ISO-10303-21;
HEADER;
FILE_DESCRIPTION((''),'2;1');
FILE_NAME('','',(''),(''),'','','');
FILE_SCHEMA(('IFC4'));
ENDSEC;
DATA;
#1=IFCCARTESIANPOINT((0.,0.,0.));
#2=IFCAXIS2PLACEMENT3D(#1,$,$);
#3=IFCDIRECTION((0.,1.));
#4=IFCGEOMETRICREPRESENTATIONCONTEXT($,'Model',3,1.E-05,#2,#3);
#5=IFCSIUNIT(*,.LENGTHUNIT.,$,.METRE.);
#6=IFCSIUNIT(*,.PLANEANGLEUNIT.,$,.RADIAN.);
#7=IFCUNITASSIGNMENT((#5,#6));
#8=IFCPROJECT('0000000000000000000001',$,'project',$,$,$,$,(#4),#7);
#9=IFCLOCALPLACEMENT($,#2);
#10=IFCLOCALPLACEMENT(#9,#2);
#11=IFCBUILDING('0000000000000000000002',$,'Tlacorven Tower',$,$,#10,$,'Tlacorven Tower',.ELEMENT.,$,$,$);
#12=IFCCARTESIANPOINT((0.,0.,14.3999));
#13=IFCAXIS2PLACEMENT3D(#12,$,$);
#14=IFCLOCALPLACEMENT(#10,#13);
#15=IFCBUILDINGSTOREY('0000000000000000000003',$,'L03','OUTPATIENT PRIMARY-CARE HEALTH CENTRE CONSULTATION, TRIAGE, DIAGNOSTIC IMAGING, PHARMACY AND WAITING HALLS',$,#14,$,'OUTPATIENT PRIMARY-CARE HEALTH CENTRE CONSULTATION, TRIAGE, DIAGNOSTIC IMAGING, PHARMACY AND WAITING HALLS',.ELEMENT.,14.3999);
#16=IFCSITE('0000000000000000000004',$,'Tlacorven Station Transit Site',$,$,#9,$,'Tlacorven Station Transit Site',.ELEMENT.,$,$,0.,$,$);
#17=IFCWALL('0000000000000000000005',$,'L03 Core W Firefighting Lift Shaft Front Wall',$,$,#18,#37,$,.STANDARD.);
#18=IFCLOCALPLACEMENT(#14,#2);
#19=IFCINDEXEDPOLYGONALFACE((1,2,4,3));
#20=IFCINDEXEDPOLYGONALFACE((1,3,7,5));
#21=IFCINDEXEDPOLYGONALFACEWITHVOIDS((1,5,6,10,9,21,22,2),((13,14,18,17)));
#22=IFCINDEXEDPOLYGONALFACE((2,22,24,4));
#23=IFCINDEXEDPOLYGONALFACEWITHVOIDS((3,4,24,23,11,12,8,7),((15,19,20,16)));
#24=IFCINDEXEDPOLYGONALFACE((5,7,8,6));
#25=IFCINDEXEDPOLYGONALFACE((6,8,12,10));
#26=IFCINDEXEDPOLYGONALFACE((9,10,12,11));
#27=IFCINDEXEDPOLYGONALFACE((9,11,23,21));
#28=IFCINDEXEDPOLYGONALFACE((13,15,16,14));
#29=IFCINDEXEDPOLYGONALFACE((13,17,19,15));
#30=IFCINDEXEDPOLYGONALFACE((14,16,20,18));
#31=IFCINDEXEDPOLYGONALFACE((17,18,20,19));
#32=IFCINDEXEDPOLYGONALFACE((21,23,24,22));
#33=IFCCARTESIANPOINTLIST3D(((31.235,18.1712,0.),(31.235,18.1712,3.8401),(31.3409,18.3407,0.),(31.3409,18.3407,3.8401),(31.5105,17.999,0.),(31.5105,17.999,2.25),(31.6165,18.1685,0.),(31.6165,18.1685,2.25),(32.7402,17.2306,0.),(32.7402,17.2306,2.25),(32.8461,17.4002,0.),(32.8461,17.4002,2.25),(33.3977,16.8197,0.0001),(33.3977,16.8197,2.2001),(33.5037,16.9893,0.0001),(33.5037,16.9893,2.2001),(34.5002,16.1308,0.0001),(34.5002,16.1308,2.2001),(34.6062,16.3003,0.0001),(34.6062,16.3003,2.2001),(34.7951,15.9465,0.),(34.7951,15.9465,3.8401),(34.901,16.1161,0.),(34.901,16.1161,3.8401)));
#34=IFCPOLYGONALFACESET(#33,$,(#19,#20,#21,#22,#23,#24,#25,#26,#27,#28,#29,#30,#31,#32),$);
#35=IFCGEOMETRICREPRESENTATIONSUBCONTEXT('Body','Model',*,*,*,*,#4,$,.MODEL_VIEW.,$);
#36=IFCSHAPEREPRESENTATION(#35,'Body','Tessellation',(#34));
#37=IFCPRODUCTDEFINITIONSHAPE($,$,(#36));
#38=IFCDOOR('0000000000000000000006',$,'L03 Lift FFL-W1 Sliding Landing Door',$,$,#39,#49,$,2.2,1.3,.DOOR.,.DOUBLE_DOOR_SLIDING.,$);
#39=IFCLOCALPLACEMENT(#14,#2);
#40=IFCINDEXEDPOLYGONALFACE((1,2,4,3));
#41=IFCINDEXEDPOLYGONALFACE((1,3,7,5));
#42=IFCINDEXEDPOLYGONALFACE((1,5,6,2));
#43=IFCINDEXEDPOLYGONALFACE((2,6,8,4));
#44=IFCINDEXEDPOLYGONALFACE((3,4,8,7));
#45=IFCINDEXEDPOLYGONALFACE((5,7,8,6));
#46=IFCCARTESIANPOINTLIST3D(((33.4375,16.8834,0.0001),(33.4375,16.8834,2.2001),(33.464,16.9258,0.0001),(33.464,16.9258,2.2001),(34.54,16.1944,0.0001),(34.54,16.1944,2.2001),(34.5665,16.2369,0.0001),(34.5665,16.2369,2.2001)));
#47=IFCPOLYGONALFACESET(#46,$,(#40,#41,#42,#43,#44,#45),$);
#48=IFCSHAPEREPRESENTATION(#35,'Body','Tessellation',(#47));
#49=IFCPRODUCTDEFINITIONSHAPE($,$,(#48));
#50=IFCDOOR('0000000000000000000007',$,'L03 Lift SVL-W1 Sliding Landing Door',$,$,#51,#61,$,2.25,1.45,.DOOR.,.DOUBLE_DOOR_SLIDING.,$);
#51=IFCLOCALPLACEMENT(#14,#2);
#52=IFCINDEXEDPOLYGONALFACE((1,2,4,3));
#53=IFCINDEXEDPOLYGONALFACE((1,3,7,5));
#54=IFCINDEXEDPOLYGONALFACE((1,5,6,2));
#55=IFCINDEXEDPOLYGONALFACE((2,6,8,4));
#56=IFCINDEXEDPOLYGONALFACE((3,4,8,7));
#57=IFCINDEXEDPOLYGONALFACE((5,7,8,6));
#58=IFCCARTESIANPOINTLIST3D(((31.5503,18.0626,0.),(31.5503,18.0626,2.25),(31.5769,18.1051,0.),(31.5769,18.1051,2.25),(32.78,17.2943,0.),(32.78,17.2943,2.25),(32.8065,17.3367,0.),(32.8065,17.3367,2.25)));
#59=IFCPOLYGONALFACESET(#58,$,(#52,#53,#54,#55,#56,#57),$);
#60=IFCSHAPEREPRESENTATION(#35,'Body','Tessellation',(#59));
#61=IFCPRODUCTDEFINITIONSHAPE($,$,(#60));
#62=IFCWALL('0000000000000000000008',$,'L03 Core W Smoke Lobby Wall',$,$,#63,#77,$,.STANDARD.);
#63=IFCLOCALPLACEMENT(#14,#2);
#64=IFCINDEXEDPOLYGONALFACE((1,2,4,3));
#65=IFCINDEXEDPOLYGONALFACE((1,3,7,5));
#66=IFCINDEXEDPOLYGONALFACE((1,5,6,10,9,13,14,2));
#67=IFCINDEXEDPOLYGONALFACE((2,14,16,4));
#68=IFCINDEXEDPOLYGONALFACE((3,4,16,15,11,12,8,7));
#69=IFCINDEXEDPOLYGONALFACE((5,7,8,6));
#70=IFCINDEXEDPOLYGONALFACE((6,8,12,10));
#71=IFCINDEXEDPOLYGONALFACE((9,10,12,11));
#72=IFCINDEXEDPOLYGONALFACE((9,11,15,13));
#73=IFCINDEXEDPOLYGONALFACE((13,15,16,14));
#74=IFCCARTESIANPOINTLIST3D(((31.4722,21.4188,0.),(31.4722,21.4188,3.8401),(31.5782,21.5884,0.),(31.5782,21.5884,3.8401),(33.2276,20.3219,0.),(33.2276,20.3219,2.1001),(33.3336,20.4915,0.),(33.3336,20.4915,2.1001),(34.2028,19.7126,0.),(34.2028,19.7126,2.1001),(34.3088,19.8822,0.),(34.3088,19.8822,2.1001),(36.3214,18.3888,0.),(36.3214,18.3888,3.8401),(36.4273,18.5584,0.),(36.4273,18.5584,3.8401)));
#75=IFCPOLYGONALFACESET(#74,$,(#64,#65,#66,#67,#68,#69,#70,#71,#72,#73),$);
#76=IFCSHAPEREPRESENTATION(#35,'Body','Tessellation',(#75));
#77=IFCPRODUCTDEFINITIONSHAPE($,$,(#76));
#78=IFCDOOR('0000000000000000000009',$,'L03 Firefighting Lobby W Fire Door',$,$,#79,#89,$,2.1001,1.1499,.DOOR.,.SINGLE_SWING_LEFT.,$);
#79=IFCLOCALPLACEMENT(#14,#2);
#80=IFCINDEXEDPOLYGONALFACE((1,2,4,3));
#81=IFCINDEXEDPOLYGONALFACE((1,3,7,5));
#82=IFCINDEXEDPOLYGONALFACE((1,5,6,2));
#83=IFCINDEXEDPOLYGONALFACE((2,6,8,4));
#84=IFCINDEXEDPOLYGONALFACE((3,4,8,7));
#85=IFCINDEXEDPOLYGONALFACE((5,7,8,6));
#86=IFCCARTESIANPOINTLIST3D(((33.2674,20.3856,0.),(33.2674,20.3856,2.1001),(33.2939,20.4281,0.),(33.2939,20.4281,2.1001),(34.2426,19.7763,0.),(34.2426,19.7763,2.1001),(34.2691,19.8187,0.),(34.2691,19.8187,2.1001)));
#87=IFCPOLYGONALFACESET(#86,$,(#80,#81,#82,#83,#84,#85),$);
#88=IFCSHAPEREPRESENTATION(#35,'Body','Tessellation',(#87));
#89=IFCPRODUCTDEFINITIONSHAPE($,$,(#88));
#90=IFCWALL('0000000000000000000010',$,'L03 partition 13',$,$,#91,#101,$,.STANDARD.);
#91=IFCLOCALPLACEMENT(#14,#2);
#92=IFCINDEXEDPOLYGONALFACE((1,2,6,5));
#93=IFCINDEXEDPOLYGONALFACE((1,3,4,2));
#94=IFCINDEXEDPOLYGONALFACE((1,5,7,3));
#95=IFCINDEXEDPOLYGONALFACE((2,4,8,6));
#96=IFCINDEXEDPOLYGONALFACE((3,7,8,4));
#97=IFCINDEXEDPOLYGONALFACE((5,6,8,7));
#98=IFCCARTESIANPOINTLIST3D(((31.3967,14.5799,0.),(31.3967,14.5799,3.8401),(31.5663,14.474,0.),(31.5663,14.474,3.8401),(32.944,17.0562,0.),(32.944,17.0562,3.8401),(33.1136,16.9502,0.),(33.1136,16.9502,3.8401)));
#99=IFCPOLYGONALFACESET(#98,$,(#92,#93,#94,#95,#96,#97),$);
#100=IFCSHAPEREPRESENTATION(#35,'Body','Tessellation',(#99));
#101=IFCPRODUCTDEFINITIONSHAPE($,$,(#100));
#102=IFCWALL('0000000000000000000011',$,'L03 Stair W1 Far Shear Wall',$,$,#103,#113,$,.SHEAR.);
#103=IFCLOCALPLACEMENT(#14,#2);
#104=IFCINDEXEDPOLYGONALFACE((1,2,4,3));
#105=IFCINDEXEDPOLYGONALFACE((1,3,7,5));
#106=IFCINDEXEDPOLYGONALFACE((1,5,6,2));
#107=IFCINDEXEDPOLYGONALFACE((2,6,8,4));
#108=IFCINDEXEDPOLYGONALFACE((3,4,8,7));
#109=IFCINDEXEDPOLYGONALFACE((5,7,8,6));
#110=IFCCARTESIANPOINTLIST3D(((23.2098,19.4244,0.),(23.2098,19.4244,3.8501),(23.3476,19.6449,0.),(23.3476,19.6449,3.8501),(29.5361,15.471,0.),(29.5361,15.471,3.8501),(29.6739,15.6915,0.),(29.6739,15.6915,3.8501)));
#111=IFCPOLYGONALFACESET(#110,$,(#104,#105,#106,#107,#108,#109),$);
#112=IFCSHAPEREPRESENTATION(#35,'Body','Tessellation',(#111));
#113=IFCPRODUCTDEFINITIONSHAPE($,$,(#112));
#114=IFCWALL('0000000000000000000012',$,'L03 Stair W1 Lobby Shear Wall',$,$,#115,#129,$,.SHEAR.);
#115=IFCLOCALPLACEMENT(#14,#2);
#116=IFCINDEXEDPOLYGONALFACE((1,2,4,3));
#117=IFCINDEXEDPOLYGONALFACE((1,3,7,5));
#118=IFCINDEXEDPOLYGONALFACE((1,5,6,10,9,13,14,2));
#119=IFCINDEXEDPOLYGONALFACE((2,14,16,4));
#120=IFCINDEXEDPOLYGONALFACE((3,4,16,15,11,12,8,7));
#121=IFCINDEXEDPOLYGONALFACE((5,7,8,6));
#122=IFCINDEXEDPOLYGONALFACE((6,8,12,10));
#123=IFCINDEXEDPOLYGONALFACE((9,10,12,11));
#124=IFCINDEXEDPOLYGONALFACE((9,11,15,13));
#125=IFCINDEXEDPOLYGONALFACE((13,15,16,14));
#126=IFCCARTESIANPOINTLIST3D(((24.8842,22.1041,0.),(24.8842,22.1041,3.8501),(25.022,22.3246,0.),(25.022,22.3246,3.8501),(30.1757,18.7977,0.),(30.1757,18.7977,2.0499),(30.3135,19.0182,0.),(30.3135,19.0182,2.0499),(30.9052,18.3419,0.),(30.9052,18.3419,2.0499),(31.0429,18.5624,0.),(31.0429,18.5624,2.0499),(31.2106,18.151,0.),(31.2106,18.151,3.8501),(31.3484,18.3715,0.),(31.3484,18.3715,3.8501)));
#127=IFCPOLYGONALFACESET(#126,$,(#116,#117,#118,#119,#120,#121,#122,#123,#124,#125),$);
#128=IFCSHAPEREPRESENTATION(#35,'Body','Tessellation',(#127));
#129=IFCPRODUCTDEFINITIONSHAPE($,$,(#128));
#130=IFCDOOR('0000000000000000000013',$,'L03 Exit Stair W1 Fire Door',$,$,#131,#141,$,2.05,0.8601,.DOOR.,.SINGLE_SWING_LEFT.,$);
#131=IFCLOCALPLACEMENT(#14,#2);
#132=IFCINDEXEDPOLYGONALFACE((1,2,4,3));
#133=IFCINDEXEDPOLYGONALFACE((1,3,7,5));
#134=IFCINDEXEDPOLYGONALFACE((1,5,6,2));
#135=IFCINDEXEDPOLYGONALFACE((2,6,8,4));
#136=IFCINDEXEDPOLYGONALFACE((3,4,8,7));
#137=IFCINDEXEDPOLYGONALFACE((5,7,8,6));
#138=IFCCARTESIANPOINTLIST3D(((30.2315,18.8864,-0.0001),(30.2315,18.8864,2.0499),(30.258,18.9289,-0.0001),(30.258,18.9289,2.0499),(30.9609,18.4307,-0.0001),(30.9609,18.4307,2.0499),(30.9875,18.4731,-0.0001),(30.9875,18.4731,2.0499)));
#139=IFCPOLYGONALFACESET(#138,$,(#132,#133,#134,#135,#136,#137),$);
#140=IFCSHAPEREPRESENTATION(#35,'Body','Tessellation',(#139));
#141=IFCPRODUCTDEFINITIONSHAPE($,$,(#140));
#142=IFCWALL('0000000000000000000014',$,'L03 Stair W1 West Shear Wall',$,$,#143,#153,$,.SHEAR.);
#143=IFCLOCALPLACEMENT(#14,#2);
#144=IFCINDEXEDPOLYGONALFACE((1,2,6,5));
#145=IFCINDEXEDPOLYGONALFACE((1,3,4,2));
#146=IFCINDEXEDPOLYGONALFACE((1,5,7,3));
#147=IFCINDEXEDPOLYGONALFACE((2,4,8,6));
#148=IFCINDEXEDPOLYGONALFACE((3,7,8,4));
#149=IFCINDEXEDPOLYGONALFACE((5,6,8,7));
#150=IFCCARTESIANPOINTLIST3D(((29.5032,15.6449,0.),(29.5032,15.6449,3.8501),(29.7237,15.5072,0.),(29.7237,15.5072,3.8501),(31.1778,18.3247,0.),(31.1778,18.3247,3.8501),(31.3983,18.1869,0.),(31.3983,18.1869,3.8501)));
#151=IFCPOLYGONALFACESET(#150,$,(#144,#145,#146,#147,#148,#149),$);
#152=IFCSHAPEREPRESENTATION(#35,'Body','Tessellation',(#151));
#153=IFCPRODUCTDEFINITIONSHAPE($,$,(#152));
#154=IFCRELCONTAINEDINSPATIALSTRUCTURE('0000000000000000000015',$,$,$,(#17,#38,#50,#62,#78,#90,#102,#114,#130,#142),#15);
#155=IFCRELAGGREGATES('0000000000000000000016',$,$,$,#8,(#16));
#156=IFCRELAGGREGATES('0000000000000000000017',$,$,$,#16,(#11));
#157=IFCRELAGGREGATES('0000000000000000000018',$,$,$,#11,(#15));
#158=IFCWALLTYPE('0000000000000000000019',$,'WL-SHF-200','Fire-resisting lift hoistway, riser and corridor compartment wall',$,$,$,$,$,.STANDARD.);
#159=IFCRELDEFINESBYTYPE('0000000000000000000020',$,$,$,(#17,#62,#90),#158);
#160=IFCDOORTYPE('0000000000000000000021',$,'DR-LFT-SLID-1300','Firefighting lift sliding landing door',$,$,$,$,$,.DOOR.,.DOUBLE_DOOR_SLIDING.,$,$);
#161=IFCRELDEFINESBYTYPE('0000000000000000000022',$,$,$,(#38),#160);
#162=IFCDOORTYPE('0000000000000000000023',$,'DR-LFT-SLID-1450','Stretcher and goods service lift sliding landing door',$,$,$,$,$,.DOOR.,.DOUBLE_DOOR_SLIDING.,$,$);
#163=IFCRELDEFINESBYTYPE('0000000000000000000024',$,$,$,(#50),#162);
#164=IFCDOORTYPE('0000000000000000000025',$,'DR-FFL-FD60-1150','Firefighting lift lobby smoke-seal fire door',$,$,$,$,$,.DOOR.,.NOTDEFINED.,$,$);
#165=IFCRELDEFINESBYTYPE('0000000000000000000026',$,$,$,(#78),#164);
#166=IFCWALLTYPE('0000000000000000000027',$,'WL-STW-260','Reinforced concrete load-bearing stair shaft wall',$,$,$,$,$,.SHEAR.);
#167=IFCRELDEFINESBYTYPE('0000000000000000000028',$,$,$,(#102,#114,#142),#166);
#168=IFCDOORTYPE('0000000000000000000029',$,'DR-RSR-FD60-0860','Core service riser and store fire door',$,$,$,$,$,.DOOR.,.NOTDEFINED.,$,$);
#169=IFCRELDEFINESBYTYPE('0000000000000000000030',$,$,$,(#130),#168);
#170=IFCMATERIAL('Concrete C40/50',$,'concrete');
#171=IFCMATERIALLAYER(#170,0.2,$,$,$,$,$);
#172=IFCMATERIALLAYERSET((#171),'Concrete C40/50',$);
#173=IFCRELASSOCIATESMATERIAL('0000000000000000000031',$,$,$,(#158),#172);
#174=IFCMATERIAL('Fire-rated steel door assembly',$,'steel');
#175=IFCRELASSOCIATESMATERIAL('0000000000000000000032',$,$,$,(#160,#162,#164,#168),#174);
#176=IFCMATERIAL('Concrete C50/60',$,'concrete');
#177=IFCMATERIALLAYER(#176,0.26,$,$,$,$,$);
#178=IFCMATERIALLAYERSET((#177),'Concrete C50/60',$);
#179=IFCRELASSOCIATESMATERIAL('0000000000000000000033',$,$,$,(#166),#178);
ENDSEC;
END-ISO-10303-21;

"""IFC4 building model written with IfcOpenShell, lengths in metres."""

from ifc_helpers import new_model, si_unit, direction, frame, frame_2d, origin, place, context, subcontext, project, spatial, rectangle, extrude, source, transform, mapped, material, layer, layer_set, type_object, element, fill, save


model = new_model("IFC4")

# Units and contexts
model_context = context("Model", 3, precision=1e-05, world=origin(), true_north=direction((0.0, 1.0)))
body_context = subcontext(model_context, "Body", "Model", "MODEL_VIEW")
ifc_project = project(units=[si_unit("LENGTHUNIT", "METRE"), si_unit("PLANEANGLEUNIT", "RADIAN")], contexts=[model_context])

# Site, building, storey
site_placement = place(None, origin())
site = spatial("IfcSite", under=ifc_project, at=site_placement, Name="Tlacorven Station Transit Site", LongName="Tlacorven Station Transit Site", CompositionType="ELEMENT", RefElevation=0.0)
building_placement = place(site_placement, origin())
building = spatial("IfcBuilding", under=site, at=building_placement, Name="Tlacorven Tower", LongName="Tlacorven Tower", CompositionType="ELEMENT")
storey_placement = place(building_placement, frame((0.0, 0.0, 14.3999)))
storey = spatial("IfcBuildingStorey", under=building, at=storey_placement, Name="L03", Description="OUTPATIENT PRIMARY-CARE HEALTH CENTRE CONSULTATION, TRIAGE, DIAGNOSTIC IMAGING, PHARMACY AND WAITING HALLS", LongName="OUTPATIENT PRIMARY-CARE HEALTH CENTRE CONSULTATION, TRIAGE, DIAGNOSTIC IMAGING, PHARMACY AND WAITING HALLS", CompositionType="ELEMENT", Elevation=14.3999)

# Wall, openings, doors
ifc_material_1 = material(Name="Concrete C40/50", Category="concrete")
ifc_layer_1 = layer(ifc_material_1, 0.2)
ifc_layer_set_1 = layer_set([ifc_layer_1], Name="Concrete C40/50")
wall_type_1 = type_object("IfcWallType", Name="WL-SHF-200", Description="Fire-resisting lift hoistway, riser and corridor compartment wall", PredefinedType="STANDARD", material=ifc_layer_set_1)
wall_1_placement = place(storey_placement, frame((34.8481, 16.0312, 0.0), z_axis=(0.0, 0.0, 1.0), x_axis=(-0.848044, 0.529926, 0.0)))
wall_1 = element("IfcWall", 1, at=wall_1_placement, inside=storey, type_object=wall_type_1, Name="L03 Core W Firefighting Lift Shaft Front Wall", PredefinedType="STANDARD", context=body_context, shape_type="SweptSolid", body=[
    extrude(rectangle(XDim=4.198, YDim=0.2, at=frame_2d((2.0991, 0.0))), origin(), (0.0, 0.0, 1.0), 3.8401),
])
opening_1_placement = place(wall_1_placement, frame((0.3479, 0.0, 0.0)))
opening_1 = element("IfcOpeningElement", 2, at=opening_1_placement, cuts=wall_1, PredefinedType="OPENING", context=body_context, shape_type="SweptSolid", body=[
    extrude(rectangle(XDim=1.3, YDim=2.2, at=frame_2d((0.6499, 1.1001))), frame((0.0, 0.1099, 0.0), z_axis=(0.0, -1.0, 0.0), x_axis=(1.0, 0.0, 0.0)), (0.0, 0.0, 1.0), 0.22),
])
opening_2_placement = place(wall_1_placement, frame((2.4231, 0.0, 0.0)))
opening_2 = element("IfcOpeningElement", 3, at=opening_2_placement, cuts=wall_1, PredefinedType="OPENING", context=body_context, shape_type="SweptSolid", body=[
    extrude(rectangle(XDim=1.45, YDim=2.25, at=frame_2d((0.7251, 1.125))), frame((0.0, 0.1099, 0.0), z_axis=(0.0, -1.0, 0.0), x_axis=(1.0, 0.0, 0.0)), (0.0, 0.0, 1.0), 0.22),
])
ifc_material_2 = material(Name="Fire-rated steel door assembly", Category="steel")
door_type_1 = type_object("IfcDoorType", Name="DR-LFT-SLID-1300", Description="Firefighting lift sliding landing door", OperationType="DOUBLE_DOOR_SLIDING", PredefinedType="DOOR", material=ifc_material_2)
shared_shape_1 = source(origin(), body_context, "Body", "SweptSolid", [
    extrude(rectangle(XDim=1.3, YDim=2.2, at=frame_2d((0.6499, 1.1001))), frame((0.0, 0.0249, 0.0), z_axis=(0.0, -1.0, 0.0), x_axis=(1.0, 0.0, 0.0)), (0.0, 0.0, 1.0), 0.05),
])
door_1_placement = place(opening_1_placement, origin())
door_1 = element("IfcDoor", 4, at=door_1_placement, inside=storey, type_object=door_type_1, Name="L03 Lift FFL-W1 Sliding Landing Door", OperationType="DOUBLE_DOOR_SLIDING", OverallHeight=2.2, OverallWidth=1.3, PredefinedType="DOOR", context=body_context, shape_type="MappedRepresentation", body=[
    mapped(shared_shape_1, transform((0.0, 0.0, 0.0), scale=1.0)),
])
fill(opening_1, door_1)
door_type_2 = type_object("IfcDoorType", Name="DR-LFT-SLID-1450", Description="Stretcher and goods service lift sliding landing door", OperationType="DOUBLE_DOOR_SLIDING", PredefinedType="DOOR", material=ifc_material_2)
shared_shape_2 = source(origin(), body_context, "Body", "SweptSolid", [
    extrude(rectangle(XDim=1.45, YDim=2.25, at=frame_2d((0.7251, 1.125))), frame((0.0, 0.0249, 0.0), z_axis=(0.0, -1.0, 0.0), x_axis=(1.0, 0.0, 0.0)), (0.0, 0.0, 1.0), 0.05),
])
door_2_placement = place(opening_2_placement, origin())
door_2 = element("IfcDoor", 5, at=door_2_placement, inside=storey, type_object=door_type_2, Name="L03 Lift SVL-W1 Sliding Landing Door", OperationType="DOUBLE_DOOR_SLIDING", OverallHeight=2.25, OverallWidth=1.45, PredefinedType="DOOR", context=body_context, shape_type="MappedRepresentation", body=[
    mapped(shared_shape_2, transform((0.0, 0.0, 0.0), scale=1.0)),
])
fill(opening_2, door_2)

# Wall, opening, door
wall_2_placement = place(storey_placement, frame((36.3743, 18.4736, 0.0), z_axis=(0.0, 0.0, 1.0), x_axis=(-0.848051, 0.529915, 0.0)))
wall_2 = element("IfcWall", 6, at=wall_2_placement, inside=storey, type_object=wall_type_1, Name="L03 Core W Smoke Lobby Wall", PredefinedType="STANDARD", context=body_context, shape_type="SweptSolid", body=[
    extrude(rectangle(XDim=5.718, YDim=0.2, at=frame_2d((2.8589, 0.0))), origin(), (0.0, 0.0, 1.0), 3.8401),
])
opening_3_placement = place(wall_2_placement, frame((2.498, 0.0, 0.0)))
opening_3 = element("IfcOpeningElement", 7, at=opening_3_placement, cuts=wall_2, PredefinedType="OPENING", context=body_context, shape_type="SweptSolid", body=[
    extrude(rectangle(XDim=1.1499, YDim=2.1001, at=frame_2d((0.575, 1.05))), frame((0.0, 0.1099, 0.0), z_axis=(0.0, -1.0, 0.0), x_axis=(1.0, 0.0, 0.0)), (0.0, 0.0, 1.0), 0.22),
])
door_type_3 = type_object("IfcDoorType", Name="DR-FFL-FD60-1150", Description="Firefighting lift lobby smoke-seal fire door", OperationType="NOTDEFINED", PredefinedType="DOOR", material=ifc_material_2)
shared_shape_3 = source(origin(), body_context, "Body", "SweptSolid", [
    extrude(rectangle(XDim=1.1499, YDim=2.1001, at=frame_2d((0.575, 1.05))), frame((0.0, 0.0249, 0.0), z_axis=(0.0, -1.0, 0.0), x_axis=(1.0, 0.0, 0.0)), (0.0, 0.0, 1.0), 0.05),
])
door_3_placement = place(opening_3_placement, origin())
door_3 = element("IfcDoor", 8, at=door_3_placement, inside=storey, type_object=door_type_3, Name="L03 Firefighting Lobby W Fire Door", OperationType="SINGLE_SWING_LEFT", OverallHeight=2.1001, OverallWidth=1.1499, PredefinedType="DOOR", context=body_context, shape_type="MappedRepresentation", body=[
    mapped(shared_shape_3, transform((0.0, 0.0, 0.0), scale=1.0)),
])
fill(opening_3, door_3)

# Walls
wall_3_placement = place(storey_placement, frame((33.0288, 17.0032, 0.0), z_axis=(0.0, 0.0, 1.0), x_axis=(-0.529916, -0.84805, 0.0)))
element("IfcWall", 9, at=wall_3_placement, inside=storey, type_object=wall_type_1, Name="L03 partition 13", PredefinedType="STANDARD", context=body_context, shape_type="SweptSolid", body=[
    extrude(rectangle(XDim=2.9199, YDim=0.2, at=frame_2d((1.46, 0.0))), origin(), (0.0, 0.0, 1.0), 3.8401),
])
ifc_material_3 = material(Name="Concrete C50/60", Category="concrete")
ifc_layer_2 = layer(ifc_material_3, 0.26)
ifc_layer_set_2 = layer_set([ifc_layer_2], Name="Concrete C50/60")
wall_type_2 = type_object("IfcWallType", Name="WL-STW-260", Description="Reinforced concrete load-bearing stair shaft wall", PredefinedType="SHEAR", material=ifc_layer_set_2)
wall_4_placement = place(storey_placement, frame((29.605, 15.5813, 0.0), z_axis=(0.0, 0.0, 1.0), x_axis=(-0.848037, 0.529937, 0.0)))
element("IfcWall", 10, at=wall_4_placement, inside=storey, type_object=wall_type_2, Name="L03 Stair W1 Far Shear Wall", PredefinedType="SHEAR", context=body_context, shape_type="SweptSolid", body=[
    extrude(rectangle(XDim=7.46, YDim=0.26, at=frame_2d((3.73, 0.0))), origin(), (0.0, 0.0, 1.0), 3.8501),
])

# Wall, opening, door
wall_5_placement = place(storey_placement, frame((31.2795, 18.2612, 0.0), z_axis=(0.0, 0.0, 1.0), x_axis=(-0.848052, 0.529914, 0.0)))
wall_5 = element("IfcWall", 11, at=wall_5_placement, inside=storey, type_object=wall_type_2, Name="L03 Stair W1 Lobby Shear Wall", PredefinedType="SHEAR", context=body_context, shape_type="SweptSolid", body=[
    extrude(rectangle(XDim=7.46, YDim=0.26, at=frame_2d((3.73, 0.0))), origin(), (0.0, 0.0, 1.0), 3.8501),
])
opening_4_placement = place(wall_5_placement, frame((0.3601, 0.0, 0.0)))
opening_4 = element("IfcOpeningElement", 12, at=opening_4_placement, cuts=wall_5, PredefinedType="OPENING", context=body_context, shape_type="SweptSolid", body=[
    extrude(rectangle(XDim=0.8601, YDim=2.05, at=frame_2d((0.4302, 1.0249))), frame((0.0, 0.1401, 0.0), z_axis=(0.0, -1.0, 0.0), x_axis=(1.0, 0.0, 0.0)), (0.0, 0.0, 1.0), 0.28),
])
door_type_4 = type_object("IfcDoorType", Name="DR-RSR-FD60-0860", Description="Core service riser and store fire door", OperationType="NOTDEFINED", PredefinedType="DOOR", material=ifc_material_2)
shared_shape_4 = source(origin(), body_context, "Body", "SweptSolid", [
    extrude(rectangle(XDim=0.8601, YDim=2.05, at=frame_2d((0.4302, 1.0249))), frame((0.0, 0.0249, 0.0), z_axis=(0.0, -1.0, 0.0), x_axis=(1.0, 0.0, 0.0)), (0.0, 0.0, 1.0), 0.05),
])
door_4_placement = place(opening_4_placement, frame((0.8601, 0.0, 0.0), z_axis=(0.0, 0.0, 1.0), x_axis=(-1.0, 0.0, 0.0)))
door_4 = element("IfcDoor", 13, at=door_4_placement, inside=storey, type_object=door_type_4, Name="L03 Exit Stair W1 Fire Door", OperationType="SINGLE_SWING_LEFT", OverallHeight=2.05, OverallWidth=0.8601, PredefinedType="DOOR", context=body_context, shape_type="MappedRepresentation", body=[
    mapped(shared_shape_4, transform((0.0, 0.0, 0.0), scale=1.0)),
])
fill(opening_4, door_4)

# Wall
wall_6_placement = place(storey_placement, frame((31.2881, 18.2559, 0.0), z_axis=(0.0, 0.0, 1.0), x_axis=(-0.529943, -0.848033, 0.0)))
element("IfcWall", 14, at=wall_6_placement, inside=storey, type_object=wall_type_2, Name="L03 Stair W1 West Shear Wall", PredefinedType="SHEAR", context=body_context, shape_type="SweptSolid", body=[
    extrude(rectangle(XDim=3.1599, YDim=0.26, at=frame_2d((1.5801, 0.0))), origin(), (0.0, 0.0, 1.0), 3.8501),
])

save(model, "model.ifc")
